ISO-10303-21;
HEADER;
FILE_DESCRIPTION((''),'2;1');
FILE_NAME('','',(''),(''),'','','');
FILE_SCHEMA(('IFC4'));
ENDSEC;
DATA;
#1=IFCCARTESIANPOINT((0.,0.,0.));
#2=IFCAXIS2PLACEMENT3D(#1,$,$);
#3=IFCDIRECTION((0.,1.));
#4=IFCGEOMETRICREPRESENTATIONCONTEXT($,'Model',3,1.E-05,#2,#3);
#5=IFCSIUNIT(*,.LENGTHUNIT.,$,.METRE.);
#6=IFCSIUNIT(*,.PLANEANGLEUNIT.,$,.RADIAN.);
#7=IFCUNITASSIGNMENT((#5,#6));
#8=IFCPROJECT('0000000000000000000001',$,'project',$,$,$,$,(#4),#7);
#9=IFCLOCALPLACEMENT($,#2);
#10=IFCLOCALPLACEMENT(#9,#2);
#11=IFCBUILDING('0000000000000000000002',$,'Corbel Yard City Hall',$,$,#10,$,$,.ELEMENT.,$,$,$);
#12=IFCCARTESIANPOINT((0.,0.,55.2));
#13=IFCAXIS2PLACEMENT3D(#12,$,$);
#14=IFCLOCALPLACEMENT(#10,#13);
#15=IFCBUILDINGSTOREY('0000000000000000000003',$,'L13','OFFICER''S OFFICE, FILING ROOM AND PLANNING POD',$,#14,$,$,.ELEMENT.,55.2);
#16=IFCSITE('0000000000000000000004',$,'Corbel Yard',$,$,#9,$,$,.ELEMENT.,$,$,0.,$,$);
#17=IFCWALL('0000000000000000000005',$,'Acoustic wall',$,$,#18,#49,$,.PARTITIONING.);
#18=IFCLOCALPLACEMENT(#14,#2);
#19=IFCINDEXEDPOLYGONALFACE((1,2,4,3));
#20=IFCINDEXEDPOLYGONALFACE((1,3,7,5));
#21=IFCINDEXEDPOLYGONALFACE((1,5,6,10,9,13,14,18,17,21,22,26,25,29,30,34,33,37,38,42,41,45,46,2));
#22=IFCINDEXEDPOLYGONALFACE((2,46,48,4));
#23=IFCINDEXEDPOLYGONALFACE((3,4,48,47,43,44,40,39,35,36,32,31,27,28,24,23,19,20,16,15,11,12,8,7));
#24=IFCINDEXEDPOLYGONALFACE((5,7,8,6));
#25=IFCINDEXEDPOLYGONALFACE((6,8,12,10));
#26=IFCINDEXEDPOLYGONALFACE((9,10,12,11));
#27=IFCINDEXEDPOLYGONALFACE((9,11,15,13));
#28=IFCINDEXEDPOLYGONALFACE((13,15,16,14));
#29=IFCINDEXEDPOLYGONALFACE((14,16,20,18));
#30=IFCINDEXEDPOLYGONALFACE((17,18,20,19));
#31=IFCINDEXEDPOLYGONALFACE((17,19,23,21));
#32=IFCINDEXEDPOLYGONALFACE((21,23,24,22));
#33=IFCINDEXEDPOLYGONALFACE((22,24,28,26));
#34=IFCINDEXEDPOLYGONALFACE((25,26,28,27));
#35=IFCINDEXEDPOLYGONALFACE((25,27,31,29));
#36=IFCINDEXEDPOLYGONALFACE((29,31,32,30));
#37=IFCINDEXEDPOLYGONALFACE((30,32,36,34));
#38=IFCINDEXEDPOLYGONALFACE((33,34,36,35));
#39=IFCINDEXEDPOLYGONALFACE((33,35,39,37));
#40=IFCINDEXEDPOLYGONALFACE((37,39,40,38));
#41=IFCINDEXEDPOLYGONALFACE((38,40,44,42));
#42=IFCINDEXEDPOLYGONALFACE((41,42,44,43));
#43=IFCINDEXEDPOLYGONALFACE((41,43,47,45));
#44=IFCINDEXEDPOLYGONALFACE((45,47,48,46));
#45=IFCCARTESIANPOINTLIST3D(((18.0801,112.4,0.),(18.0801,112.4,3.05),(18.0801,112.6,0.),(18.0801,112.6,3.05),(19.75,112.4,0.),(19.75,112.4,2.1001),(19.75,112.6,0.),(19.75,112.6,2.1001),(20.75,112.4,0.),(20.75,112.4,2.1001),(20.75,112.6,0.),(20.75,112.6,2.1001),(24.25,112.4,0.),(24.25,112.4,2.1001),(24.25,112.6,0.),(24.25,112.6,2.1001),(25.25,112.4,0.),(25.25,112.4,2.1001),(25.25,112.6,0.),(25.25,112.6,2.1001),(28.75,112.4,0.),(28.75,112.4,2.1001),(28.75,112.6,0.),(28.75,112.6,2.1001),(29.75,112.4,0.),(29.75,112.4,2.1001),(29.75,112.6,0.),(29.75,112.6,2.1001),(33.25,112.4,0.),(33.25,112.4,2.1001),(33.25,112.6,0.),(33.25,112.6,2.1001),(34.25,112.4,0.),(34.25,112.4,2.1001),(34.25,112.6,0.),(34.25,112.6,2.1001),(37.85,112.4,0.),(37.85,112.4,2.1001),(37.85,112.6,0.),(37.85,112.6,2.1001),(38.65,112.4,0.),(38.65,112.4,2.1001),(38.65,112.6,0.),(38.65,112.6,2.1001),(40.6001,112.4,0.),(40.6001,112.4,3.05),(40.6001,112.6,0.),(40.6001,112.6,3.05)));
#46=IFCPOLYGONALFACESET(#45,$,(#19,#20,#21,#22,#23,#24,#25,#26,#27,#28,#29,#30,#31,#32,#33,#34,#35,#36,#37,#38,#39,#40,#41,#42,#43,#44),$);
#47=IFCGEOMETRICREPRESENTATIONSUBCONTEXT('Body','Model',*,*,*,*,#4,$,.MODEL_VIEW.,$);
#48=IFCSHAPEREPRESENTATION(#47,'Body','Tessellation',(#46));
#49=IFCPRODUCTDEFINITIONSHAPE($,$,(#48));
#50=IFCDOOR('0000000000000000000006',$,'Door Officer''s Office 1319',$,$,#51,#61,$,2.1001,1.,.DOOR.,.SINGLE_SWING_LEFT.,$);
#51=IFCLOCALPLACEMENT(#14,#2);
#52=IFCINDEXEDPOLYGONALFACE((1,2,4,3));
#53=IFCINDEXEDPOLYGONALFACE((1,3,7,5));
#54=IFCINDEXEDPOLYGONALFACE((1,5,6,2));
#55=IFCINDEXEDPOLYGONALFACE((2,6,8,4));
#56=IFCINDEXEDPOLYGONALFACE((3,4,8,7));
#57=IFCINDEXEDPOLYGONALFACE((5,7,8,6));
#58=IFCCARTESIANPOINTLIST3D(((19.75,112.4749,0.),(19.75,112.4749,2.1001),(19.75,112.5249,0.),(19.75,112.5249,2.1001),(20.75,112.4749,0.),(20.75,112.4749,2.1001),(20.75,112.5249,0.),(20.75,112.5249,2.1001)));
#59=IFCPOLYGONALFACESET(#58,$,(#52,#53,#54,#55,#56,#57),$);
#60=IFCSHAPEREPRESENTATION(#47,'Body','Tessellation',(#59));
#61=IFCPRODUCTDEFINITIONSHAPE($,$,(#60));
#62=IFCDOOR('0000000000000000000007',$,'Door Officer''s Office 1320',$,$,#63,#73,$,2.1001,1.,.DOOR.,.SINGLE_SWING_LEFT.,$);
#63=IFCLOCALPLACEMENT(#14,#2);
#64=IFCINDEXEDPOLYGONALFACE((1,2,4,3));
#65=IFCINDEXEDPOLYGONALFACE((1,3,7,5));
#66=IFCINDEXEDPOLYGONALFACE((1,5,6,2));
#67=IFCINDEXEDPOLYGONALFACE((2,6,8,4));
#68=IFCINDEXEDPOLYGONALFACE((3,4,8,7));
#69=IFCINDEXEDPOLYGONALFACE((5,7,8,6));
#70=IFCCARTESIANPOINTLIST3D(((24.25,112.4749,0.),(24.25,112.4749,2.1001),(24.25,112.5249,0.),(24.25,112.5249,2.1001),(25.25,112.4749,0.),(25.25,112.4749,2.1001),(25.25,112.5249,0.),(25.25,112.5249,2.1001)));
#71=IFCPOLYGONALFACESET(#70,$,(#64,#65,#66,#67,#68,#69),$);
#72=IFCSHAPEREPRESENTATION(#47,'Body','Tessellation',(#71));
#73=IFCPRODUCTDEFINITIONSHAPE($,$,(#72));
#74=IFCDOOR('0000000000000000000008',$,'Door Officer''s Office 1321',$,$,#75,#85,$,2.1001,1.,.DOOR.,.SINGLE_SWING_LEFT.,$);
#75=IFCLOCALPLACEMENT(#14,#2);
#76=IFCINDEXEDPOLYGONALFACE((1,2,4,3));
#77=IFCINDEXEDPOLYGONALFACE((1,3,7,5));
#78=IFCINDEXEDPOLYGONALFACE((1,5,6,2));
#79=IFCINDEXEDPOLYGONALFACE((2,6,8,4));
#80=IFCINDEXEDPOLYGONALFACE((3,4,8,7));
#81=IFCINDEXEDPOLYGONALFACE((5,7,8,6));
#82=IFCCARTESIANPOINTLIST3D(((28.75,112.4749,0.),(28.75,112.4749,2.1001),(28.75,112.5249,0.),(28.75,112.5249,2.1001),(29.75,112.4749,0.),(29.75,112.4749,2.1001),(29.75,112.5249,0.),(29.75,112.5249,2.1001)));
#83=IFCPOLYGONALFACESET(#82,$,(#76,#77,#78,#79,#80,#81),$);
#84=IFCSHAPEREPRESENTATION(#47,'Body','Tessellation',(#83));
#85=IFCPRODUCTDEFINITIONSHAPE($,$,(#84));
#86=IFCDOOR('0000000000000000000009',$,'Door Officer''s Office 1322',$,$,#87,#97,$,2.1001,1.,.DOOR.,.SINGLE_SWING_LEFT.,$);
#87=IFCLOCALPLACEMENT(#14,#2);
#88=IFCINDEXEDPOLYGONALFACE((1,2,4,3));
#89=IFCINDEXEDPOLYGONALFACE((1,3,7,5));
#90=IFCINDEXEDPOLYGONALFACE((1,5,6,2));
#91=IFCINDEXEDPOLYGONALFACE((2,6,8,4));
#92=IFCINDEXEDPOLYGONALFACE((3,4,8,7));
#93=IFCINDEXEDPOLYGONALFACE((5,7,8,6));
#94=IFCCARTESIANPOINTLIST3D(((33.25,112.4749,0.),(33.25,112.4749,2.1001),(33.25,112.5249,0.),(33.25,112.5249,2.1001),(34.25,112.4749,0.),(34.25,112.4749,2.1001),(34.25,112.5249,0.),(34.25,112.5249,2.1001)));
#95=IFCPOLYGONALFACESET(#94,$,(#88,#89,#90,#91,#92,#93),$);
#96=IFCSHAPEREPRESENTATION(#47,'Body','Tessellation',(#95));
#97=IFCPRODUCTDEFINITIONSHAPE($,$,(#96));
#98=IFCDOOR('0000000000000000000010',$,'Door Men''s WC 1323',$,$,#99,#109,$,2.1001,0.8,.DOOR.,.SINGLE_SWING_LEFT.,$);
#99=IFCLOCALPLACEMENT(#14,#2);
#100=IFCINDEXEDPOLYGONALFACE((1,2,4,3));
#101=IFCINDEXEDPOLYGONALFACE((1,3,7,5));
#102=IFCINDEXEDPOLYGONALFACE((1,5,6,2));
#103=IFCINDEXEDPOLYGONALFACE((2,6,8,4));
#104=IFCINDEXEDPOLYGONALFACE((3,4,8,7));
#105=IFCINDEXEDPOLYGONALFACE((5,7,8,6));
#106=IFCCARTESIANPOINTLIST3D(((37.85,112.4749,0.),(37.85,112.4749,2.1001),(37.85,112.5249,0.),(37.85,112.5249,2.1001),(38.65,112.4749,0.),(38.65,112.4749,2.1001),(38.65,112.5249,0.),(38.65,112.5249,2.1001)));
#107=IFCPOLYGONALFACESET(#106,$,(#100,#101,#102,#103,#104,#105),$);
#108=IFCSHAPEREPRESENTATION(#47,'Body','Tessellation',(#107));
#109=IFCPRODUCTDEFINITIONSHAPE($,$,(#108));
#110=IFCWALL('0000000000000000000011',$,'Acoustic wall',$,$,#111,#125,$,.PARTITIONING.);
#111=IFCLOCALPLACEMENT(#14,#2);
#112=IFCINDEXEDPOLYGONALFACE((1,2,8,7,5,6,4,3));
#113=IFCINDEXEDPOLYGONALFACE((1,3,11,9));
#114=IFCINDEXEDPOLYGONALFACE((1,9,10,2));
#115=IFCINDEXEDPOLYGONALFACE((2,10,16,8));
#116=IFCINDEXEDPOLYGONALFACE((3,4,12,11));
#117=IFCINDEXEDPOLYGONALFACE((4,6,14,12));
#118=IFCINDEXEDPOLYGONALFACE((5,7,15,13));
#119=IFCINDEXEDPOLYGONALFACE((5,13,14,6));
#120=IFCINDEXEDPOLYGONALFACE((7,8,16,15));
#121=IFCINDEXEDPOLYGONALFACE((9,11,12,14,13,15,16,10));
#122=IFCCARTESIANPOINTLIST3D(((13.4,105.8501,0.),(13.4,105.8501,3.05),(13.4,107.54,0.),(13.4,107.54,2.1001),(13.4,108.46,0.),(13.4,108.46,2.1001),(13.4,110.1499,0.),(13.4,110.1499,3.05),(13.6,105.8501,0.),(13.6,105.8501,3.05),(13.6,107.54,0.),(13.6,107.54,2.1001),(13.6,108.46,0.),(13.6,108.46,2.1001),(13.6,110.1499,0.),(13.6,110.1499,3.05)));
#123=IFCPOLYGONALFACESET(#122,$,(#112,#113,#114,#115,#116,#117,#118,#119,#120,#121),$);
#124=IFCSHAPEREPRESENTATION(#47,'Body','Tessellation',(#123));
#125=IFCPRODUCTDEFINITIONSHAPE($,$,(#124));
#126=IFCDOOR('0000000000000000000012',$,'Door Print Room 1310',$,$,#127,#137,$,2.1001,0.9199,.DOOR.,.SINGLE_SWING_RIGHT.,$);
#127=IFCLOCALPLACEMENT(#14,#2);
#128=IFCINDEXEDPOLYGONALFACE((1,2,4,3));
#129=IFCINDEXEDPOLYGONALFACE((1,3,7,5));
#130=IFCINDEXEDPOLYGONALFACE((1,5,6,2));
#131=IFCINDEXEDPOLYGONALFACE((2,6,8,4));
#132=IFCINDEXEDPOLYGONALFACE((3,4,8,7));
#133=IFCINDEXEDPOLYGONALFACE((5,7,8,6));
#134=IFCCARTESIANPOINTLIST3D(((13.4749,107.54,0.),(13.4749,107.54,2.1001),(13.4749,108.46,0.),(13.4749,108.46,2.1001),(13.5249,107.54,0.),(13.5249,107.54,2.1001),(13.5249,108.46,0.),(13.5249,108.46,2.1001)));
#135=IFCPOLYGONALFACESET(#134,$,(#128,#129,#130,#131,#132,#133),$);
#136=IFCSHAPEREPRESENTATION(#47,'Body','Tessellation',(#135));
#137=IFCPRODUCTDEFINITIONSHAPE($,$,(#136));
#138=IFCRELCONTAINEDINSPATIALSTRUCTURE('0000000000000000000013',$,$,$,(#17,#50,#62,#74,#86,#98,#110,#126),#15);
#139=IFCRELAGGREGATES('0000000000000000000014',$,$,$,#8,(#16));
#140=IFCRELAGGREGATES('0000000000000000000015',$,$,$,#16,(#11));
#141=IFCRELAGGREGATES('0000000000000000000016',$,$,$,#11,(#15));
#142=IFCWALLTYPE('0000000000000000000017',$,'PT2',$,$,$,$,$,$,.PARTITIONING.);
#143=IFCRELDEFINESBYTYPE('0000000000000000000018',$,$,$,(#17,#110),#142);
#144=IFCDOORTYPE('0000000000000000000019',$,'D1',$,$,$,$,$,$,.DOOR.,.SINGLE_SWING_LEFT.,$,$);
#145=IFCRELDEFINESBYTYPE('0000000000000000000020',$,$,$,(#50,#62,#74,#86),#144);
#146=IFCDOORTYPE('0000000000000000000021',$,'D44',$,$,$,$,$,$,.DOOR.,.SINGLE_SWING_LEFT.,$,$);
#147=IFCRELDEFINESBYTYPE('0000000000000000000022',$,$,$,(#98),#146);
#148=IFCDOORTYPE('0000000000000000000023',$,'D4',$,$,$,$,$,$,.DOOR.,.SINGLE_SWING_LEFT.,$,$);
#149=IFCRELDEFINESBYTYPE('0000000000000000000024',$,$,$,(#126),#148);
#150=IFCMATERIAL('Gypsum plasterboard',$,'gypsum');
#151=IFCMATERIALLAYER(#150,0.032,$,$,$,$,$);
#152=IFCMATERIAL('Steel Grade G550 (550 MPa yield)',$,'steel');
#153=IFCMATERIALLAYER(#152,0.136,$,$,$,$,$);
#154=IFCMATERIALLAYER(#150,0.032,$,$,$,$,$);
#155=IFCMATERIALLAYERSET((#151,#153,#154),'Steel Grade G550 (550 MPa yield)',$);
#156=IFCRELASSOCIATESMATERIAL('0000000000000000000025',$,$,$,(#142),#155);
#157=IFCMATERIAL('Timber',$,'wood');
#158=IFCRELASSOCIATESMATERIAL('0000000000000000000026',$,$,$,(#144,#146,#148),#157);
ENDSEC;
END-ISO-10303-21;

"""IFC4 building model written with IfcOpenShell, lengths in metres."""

from ifc_helpers import new_model, si_unit, direction, frame, frame_2d, origin, place, context, subcontext, project, spatial, rectangle, extrude, material, layer, layer_set, type_object, element, fill, save


model = new_model("IFC4")

# Units and contexts
model_context = context("Model", 3, precision=1e-05, world=origin(), true_north=direction((0.0, 1.0)))
body_context = subcontext(model_context, "Body", "Model", "MODEL_VIEW")
ifc_project = project(units=[si_unit("LENGTHUNIT", "METRE"), si_unit("PLANEANGLEUNIT", "RADIAN")], contexts=[model_context])

# Site, building, storey
site_placement = place(None, origin())
site = spatial("IfcSite", under=ifc_project, at=site_placement, Name="Corbel Yard", CompositionType="ELEMENT", RefElevation=0.0)
building_placement = place(site_placement, origin())
building = spatial("IfcBuilding", under=site, at=building_placement, Name="Corbel Yard City Hall", CompositionType="ELEMENT")
storey_placement = place(building_placement, frame((0.0, 0.0, 55.2)))
storey = spatial("IfcBuildingStorey", under=building, at=storey_placement, Name="L13", Description="OFFICER'S OFFICE, FILING ROOM AND PLANNING POD", CompositionType="ELEMENT", Elevation=55.2)

# Shared definitions
ifc_material_1 = material(Name="Gypsum plasterboard", Category="gypsum")
ifc_material_2 = material(Name="Steel Grade G550 (550 MPa yield)", Category="steel")

# Wall, openings, doors
ifc_layer_1 = layer(ifc_material_1, 0.032)
ifc_layer_2 = layer(ifc_material_2, 0.136)
ifc_layer_3 = layer(ifc_material_1, 0.032)
ifc_layer_set_1 = layer_set([ifc_layer_1, ifc_layer_2, ifc_layer_3], Name="Steel Grade G550 (550 MPa yield)")
wall_type_1 = type_object("IfcWallType", Name="PT2", PredefinedType="PARTITIONING", material=ifc_layer_set_1)
wall_1_placement = place(storey_placement, frame((18.0801, 112.5, 0.0), z_axis=(0.0, 0.0, 1.0), x_axis=(1.0, 0.0, 0.0)))
wall_1 = element("IfcWall", 1, at=wall_1_placement, inside=storey, type_object=wall_type_1, Name="Acoustic wall", PredefinedType="PARTITIONING", context=body_context, shape_type="SweptSolid", body=[
    extrude(rectangle(XDim=22.52, YDim=0.2, at=frame_2d((11.26, 0.0))), origin(), (0.0, 0.0, 1.0), 3.05),
])
opening_1_placement = place(wall_1_placement, frame((1.6699, 0.0, 0.0)))
opening_1 = element("IfcOpeningElement", 2, at=opening_1_placement, cuts=wall_1, PredefinedType="OPENING", context=body_context, shape_type="SweptSolid", body=[
    extrude(rectangle(XDim=1.0, YDim=2.1001, at=frame_2d((0.5, 1.05))), frame((0.0, 0.1099, 0.0), z_axis=(0.0, -1.0, 0.0), x_axis=(1.0, 0.0, 0.0)), (0.0, 0.0, 1.0), 0.22),
])
opening_2_placement = place(wall_1_placement, frame((6.1699, 0.0, 0.0)))
opening_2 = element("IfcOpeningElement", 3, at=opening_2_placement, cuts=wall_1, PredefinedType="OPENING", context=body_context, shape_type="SweptSolid", body=[
    extrude(rectangle(XDim=1.0, YDim=2.1001, at=frame_2d((0.5, 1.05))), frame((0.0, 0.1099, 0.0), z_axis=(0.0, -1.0, 0.0), x_axis=(1.0, 0.0, 0.0)), (0.0, 0.0, 1.0), 0.22),
])
opening_3_placement = place(wall_1_placement, frame((10.6699, 0.0, 0.0)))
opening_3 = element("IfcOpeningElement", 4, at=opening_3_placement, cuts=wall_1, PredefinedType="OPENING", context=body_context, shape_type="SweptSolid", body=[
    extrude(rectangle(XDim=1.0, YDim=2.1001, at=frame_2d((0.5, 1.05))), frame((0.0, 0.1099, 0.0), z_axis=(0.0, -1.0, 0.0), x_axis=(1.0, 0.0, 0.0)), (0.0, 0.0, 1.0), 0.22),
])
opening_4_placement = place(wall_1_placement, frame((15.1699, 0.0, 0.0)))
opening_4 = element("IfcOpeningElement", 5, at=opening_4_placement, cuts=wall_1, PredefinedType="OPENING", context=body_context, shape_type="SweptSolid", body=[
    extrude(rectangle(XDim=1.0, YDim=2.1001, at=frame_2d((0.5, 1.05))), frame((0.0, 0.1099, 0.0), z_axis=(0.0, -1.0, 0.0), x_axis=(1.0, 0.0, 0.0)), (0.0, 0.0, 1.0), 0.22),
])
opening_5_placement = place(wall_1_placement, frame((19.77, 0.0, 0.0)))
opening_5 = element("IfcOpeningElement", 6, at=opening_5_placement, cuts=wall_1, PredefinedType="OPENING", context=body_context, shape_type="SweptSolid", body=[
    extrude(rectangle(XDim=0.8, YDim=2.1001, at=frame_2d((0.3999, 1.05))), frame((0.0, 0.1099, 0.0), z_axis=(0.0, -1.0, 0.0), x_axis=(1.0, 0.0, 0.0)), (0.0, 0.0, 1.0), 0.22),
])
ifc_material_3 = material(Name="Timber", Category="wood")
door_type_1 = type_object("IfcDoorType", Name="D1", OperationType="SINGLE_SWING_LEFT", PredefinedType="DOOR", material=ifc_material_3)
door_1_placement = place(opening_1_placement, origin())
door_1 = element("IfcDoor", 7, at=door_1_placement, inside=storey, type_object=door_type_1, Name="Door Officer's Office 1319", OperationType="SINGLE_SWING_LEFT", OverallHeight=2.1001, OverallWidth=1.0, PredefinedType="DOOR", context=body_context, shape_type="SweptSolid", body=[
    extrude(rectangle(XDim=1.0, YDim=2.1001, at=frame_2d((0.5, 1.05))), frame((0.0, 0.0249, 0.0), z_axis=(0.0, -1.0, 0.0), x_axis=(1.0, 0.0, 0.0)), (0.0, 0.0, 1.0), 0.05),
])
fill(opening_1, door_1)
door_2_placement = place(opening_2_placement, origin())
door_2 = element("IfcDoor", 8, at=door_2_placement, inside=storey, type_object=door_type_1, Name="Door Officer's Office 1320", OperationType="SINGLE_SWING_LEFT", OverallHeight=2.1001, OverallWidth=1.0, PredefinedType="DOOR", context=body_context, shape_type="SweptSolid", body=[
    extrude(rectangle(XDim=1.0, YDim=2.1001, at=frame_2d((0.5, 1.05))), frame((0.0, 0.0249, 0.0), z_axis=(0.0, -1.0, 0.0), x_axis=(1.0, 0.0, 0.0)), (0.0, 0.0, 1.0), 0.05),
])
fill(opening_2, door_2)
door_3_placement = place(opening_3_placement, origin())
door_3 = element("IfcDoor", 9, at=door_3_placement, inside=storey, type_object=door_type_1, Name="Door Officer's Office 1321", OperationType="SINGLE_SWING_LEFT", OverallHeight=2.1001, OverallWidth=1.0, PredefinedType="DOOR", context=body_context, shape_type="SweptSolid", body=[
    extrude(rectangle(XDim=1.0, YDim=2.1001, at=frame_2d((0.5, 1.05))), frame((0.0, 0.0249, 0.0), z_axis=(0.0, -1.0, 0.0), x_axis=(1.0, 0.0, 0.0)), (0.0, 0.0, 1.0), 0.05),
])
fill(opening_3, door_3)
door_4_placement = place(opening_4_placement, origin())
door_4 = element("IfcDoor", 10, at=door_4_placement, inside=storey, type_object=door_type_1, Name="Door Officer's Office 1322", OperationType="SINGLE_SWING_LEFT", OverallHeight=2.1001, OverallWidth=1.0, PredefinedType="DOOR", context=body_context, shape_type="SweptSolid", body=[
    extrude(rectangle(XDim=1.0, YDim=2.1001, at=frame_2d((0.5, 1.05))), frame((0.0, 0.0249, 0.0), z_axis=(0.0, -1.0, 0.0), x_axis=(1.0, 0.0, 0.0)), (0.0, 0.0, 1.0), 0.05),
])
fill(opening_4, door_4)
door_type_2 = type_object("IfcDoorType", Name="D44", OperationType="SINGLE_SWING_LEFT", PredefinedType="DOOR", material=ifc_material_3)
door_5_placement = place(opening_5_placement, origin())
door_5 = element("IfcDoor", 11, at=door_5_placement, inside=storey, type_object=door_type_2, Name="Door Men's WC 1323", OperationType="SINGLE_SWING_LEFT", OverallHeight=2.1001, OverallWidth=0.8, PredefinedType="DOOR", context=body_context, shape_type="SweptSolid", body=[
    extrude(rectangle(XDim=0.8, YDim=2.1001, at=frame_2d((0.3999, 1.05))), frame((0.0, 0.0249, 0.0), z_axis=(0.0, -1.0, 0.0), x_axis=(1.0, 0.0, 0.0)), (0.0, 0.0, 1.0), 0.05),
])
fill(opening_5, door_5)

# Wall, opening, door
wall_2_placement = place(storey_placement, frame((13.5, 105.8501, 0.0), z_axis=(0.0, 0.0, 1.0), x_axis=(0.0, 1.0, 0.0)))
wall_2 = element("IfcWall", 12, at=wall_2_placement, inside=storey, type_object=wall_type_1, Name="Acoustic wall", PredefinedType="PARTITIONING", context=body_context, shape_type="SweptSolid", body=[
    extrude(rectangle(XDim=4.2998, YDim=0.2, at=frame_2d((2.1499, 0.0))), origin(), (0.0, 0.0, 1.0), 3.05),
])
opening_6_placement = place(wall_2_placement, frame((1.6899, 0.0, 0.0)))
opening_6 = element("IfcOpeningElement", 13, at=opening_6_placement, cuts=wall_2, PredefinedType="OPENING", context=body_context, shape_type="SweptSolid", body=[
    extrude(rectangle(XDim=0.9199, YDim=2.1001, at=frame_2d((0.46, 1.05))), frame((0.0, 0.1099, 0.0), z_axis=(0.0, -1.0, 0.0), x_axis=(1.0, 0.0, 0.0)), (0.0, 0.0, 1.0), 0.22),
])
door_type_3 = type_object("IfcDoorType", Name="D4", OperationType="SINGLE_SWING_LEFT", PredefinedType="DOOR", material=ifc_material_3)
door_6_placement = place(opening_6_placement, frame((0.9199, 0.0, 0.0), z_axis=(0.0, 0.0, 1.0), x_axis=(-1.0, 0.0, 0.0)))
door_6 = element("IfcDoor", 14, at=door_6_placement, inside=storey, type_object=door_type_3, Name="Door Print Room 1310", OperationType="SINGLE_SWING_RIGHT", OverallHeight=2.1001, OverallWidth=0.9199, PredefinedType="DOOR", context=body_context, shape_type="SweptSolid", body=[
    extrude(rectangle(XDim=0.9199, YDim=2.1001, at=frame_2d((0.46, 1.05))), frame((0.0, 0.0249, 0.0), z_axis=(0.0, -1.0, 0.0), x_axis=(1.0, 0.0, 0.0)), (0.0, 0.0, 1.0), 0.05),
])
fill(opening_6, door_6)

save(model, "model.ifc")
